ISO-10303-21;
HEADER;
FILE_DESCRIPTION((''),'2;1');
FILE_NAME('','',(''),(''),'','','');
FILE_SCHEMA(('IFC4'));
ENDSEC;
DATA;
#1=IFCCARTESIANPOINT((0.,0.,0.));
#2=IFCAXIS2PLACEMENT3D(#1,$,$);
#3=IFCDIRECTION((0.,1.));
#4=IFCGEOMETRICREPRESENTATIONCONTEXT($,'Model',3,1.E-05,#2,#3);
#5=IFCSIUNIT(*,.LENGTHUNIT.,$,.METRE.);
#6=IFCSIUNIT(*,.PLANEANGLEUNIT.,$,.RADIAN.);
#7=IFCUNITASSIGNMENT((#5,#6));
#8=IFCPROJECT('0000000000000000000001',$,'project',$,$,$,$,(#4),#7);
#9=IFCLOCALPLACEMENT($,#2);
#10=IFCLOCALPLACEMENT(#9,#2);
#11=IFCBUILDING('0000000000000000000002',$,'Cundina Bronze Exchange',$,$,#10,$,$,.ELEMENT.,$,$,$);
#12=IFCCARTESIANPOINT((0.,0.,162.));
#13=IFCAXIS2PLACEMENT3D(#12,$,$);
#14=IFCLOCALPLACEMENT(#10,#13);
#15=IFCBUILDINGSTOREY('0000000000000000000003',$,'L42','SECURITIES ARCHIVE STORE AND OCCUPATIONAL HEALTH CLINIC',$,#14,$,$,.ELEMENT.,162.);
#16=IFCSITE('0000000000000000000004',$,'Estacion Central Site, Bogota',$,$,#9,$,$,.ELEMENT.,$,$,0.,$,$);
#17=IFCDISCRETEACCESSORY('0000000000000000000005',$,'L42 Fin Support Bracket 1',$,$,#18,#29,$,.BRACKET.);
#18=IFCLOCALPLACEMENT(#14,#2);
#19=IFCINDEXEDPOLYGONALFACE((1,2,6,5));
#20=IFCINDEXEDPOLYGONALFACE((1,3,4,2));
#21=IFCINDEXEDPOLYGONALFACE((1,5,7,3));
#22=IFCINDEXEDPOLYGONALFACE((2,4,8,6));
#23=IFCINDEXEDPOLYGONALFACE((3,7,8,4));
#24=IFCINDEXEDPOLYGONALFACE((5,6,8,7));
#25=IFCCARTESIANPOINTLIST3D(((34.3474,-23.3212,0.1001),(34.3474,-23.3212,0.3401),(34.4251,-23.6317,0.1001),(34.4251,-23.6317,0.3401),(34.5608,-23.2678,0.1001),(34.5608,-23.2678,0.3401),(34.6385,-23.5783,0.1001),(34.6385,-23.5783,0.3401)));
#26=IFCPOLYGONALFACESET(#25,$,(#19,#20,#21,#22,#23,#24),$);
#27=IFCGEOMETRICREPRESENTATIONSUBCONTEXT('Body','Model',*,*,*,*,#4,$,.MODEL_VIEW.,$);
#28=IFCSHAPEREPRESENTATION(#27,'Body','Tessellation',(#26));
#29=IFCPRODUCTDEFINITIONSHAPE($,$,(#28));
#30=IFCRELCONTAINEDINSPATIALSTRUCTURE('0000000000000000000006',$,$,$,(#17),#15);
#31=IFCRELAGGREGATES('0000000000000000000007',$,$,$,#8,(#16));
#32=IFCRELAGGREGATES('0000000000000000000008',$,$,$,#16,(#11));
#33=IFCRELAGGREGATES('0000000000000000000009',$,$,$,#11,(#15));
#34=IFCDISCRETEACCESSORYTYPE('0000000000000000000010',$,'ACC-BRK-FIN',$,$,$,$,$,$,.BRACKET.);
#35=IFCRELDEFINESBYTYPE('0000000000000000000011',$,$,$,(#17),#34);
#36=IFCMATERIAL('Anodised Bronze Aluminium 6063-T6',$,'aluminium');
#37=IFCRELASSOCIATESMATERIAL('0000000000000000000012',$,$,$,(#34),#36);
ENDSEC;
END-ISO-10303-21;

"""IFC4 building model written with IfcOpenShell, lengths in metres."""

from ifc_helpers import new_model, si_unit, direction, frame, origin, origin_2d, place, context, subcontext, project, spatial, rectangle, extrude, material, type_object, element, save


model = new_model("IFC4")

# Units and contexts
model_context = context("Model", 3, precision=1e-05, world=origin(), true_north=direction((0.0, 1.0)))
body_context = subcontext(model_context, "Body", "Model", "MODEL_VIEW")
ifc_project = project(units=[si_unit("LENGTHUNIT", "METRE"), si_unit("PLANEANGLEUNIT", "RADIAN")], contexts=[model_context])

# Site, building, storey
site_placement = place(None, origin())
site = spatial("IfcSite", under=ifc_project, at=site_placement, Name="Estacion Central Site, Bogota", CompositionType="ELEMENT", RefElevation=0.0)
building_placement = place(site_placement, origin())
building = spatial("IfcBuilding", under=site, at=building_placement, Name="Cundina Bronze Exchange", CompositionType="ELEMENT")
storey_placement = place(building_placement, frame((0.0, 0.0, 162.0)))
storey = spatial("IfcBuildingStorey", under=building, at=storey_placement, Name="L42", Description="SECURITIES ARCHIVE STORE AND OCCUPATIONAL HEALTH CLINIC", CompositionType="ELEMENT", Elevation=162.0)

# Shared definitions
ifc_material_1 = material(Name="Anodised Bronze Aluminium 6063-T6", Category="aluminium")

# Discrete accessory
discrete_accessory_type = type_object("IfcDiscreteAccessoryType", Name="ACC-BRK-FIN", PredefinedType="BRACKET", material=ifc_material_1)
discrete_accessory_placement = place(storey_placement, frame((34.4929, -23.4497, 0.1001), z_axis=(0.0, 0.0, 1.0), x_axis=(0.970093, 0.242735, 0.0)))
element("IfcDiscreteAccessory", 1, at=discrete_accessory_placement, inside=storey, type_object=discrete_accessory_type, Name="L42 Fin Support Bracket 1", PredefinedType="BRACKET", context=body_context, shape_type="SweptSolid", body=[
    extrude(rectangle(XDim=0.22, YDim=0.3201, at=origin_2d()), origin(), (0.0, 0.0, 1.0), 0.24),
])

save(model, "model.ifc")
